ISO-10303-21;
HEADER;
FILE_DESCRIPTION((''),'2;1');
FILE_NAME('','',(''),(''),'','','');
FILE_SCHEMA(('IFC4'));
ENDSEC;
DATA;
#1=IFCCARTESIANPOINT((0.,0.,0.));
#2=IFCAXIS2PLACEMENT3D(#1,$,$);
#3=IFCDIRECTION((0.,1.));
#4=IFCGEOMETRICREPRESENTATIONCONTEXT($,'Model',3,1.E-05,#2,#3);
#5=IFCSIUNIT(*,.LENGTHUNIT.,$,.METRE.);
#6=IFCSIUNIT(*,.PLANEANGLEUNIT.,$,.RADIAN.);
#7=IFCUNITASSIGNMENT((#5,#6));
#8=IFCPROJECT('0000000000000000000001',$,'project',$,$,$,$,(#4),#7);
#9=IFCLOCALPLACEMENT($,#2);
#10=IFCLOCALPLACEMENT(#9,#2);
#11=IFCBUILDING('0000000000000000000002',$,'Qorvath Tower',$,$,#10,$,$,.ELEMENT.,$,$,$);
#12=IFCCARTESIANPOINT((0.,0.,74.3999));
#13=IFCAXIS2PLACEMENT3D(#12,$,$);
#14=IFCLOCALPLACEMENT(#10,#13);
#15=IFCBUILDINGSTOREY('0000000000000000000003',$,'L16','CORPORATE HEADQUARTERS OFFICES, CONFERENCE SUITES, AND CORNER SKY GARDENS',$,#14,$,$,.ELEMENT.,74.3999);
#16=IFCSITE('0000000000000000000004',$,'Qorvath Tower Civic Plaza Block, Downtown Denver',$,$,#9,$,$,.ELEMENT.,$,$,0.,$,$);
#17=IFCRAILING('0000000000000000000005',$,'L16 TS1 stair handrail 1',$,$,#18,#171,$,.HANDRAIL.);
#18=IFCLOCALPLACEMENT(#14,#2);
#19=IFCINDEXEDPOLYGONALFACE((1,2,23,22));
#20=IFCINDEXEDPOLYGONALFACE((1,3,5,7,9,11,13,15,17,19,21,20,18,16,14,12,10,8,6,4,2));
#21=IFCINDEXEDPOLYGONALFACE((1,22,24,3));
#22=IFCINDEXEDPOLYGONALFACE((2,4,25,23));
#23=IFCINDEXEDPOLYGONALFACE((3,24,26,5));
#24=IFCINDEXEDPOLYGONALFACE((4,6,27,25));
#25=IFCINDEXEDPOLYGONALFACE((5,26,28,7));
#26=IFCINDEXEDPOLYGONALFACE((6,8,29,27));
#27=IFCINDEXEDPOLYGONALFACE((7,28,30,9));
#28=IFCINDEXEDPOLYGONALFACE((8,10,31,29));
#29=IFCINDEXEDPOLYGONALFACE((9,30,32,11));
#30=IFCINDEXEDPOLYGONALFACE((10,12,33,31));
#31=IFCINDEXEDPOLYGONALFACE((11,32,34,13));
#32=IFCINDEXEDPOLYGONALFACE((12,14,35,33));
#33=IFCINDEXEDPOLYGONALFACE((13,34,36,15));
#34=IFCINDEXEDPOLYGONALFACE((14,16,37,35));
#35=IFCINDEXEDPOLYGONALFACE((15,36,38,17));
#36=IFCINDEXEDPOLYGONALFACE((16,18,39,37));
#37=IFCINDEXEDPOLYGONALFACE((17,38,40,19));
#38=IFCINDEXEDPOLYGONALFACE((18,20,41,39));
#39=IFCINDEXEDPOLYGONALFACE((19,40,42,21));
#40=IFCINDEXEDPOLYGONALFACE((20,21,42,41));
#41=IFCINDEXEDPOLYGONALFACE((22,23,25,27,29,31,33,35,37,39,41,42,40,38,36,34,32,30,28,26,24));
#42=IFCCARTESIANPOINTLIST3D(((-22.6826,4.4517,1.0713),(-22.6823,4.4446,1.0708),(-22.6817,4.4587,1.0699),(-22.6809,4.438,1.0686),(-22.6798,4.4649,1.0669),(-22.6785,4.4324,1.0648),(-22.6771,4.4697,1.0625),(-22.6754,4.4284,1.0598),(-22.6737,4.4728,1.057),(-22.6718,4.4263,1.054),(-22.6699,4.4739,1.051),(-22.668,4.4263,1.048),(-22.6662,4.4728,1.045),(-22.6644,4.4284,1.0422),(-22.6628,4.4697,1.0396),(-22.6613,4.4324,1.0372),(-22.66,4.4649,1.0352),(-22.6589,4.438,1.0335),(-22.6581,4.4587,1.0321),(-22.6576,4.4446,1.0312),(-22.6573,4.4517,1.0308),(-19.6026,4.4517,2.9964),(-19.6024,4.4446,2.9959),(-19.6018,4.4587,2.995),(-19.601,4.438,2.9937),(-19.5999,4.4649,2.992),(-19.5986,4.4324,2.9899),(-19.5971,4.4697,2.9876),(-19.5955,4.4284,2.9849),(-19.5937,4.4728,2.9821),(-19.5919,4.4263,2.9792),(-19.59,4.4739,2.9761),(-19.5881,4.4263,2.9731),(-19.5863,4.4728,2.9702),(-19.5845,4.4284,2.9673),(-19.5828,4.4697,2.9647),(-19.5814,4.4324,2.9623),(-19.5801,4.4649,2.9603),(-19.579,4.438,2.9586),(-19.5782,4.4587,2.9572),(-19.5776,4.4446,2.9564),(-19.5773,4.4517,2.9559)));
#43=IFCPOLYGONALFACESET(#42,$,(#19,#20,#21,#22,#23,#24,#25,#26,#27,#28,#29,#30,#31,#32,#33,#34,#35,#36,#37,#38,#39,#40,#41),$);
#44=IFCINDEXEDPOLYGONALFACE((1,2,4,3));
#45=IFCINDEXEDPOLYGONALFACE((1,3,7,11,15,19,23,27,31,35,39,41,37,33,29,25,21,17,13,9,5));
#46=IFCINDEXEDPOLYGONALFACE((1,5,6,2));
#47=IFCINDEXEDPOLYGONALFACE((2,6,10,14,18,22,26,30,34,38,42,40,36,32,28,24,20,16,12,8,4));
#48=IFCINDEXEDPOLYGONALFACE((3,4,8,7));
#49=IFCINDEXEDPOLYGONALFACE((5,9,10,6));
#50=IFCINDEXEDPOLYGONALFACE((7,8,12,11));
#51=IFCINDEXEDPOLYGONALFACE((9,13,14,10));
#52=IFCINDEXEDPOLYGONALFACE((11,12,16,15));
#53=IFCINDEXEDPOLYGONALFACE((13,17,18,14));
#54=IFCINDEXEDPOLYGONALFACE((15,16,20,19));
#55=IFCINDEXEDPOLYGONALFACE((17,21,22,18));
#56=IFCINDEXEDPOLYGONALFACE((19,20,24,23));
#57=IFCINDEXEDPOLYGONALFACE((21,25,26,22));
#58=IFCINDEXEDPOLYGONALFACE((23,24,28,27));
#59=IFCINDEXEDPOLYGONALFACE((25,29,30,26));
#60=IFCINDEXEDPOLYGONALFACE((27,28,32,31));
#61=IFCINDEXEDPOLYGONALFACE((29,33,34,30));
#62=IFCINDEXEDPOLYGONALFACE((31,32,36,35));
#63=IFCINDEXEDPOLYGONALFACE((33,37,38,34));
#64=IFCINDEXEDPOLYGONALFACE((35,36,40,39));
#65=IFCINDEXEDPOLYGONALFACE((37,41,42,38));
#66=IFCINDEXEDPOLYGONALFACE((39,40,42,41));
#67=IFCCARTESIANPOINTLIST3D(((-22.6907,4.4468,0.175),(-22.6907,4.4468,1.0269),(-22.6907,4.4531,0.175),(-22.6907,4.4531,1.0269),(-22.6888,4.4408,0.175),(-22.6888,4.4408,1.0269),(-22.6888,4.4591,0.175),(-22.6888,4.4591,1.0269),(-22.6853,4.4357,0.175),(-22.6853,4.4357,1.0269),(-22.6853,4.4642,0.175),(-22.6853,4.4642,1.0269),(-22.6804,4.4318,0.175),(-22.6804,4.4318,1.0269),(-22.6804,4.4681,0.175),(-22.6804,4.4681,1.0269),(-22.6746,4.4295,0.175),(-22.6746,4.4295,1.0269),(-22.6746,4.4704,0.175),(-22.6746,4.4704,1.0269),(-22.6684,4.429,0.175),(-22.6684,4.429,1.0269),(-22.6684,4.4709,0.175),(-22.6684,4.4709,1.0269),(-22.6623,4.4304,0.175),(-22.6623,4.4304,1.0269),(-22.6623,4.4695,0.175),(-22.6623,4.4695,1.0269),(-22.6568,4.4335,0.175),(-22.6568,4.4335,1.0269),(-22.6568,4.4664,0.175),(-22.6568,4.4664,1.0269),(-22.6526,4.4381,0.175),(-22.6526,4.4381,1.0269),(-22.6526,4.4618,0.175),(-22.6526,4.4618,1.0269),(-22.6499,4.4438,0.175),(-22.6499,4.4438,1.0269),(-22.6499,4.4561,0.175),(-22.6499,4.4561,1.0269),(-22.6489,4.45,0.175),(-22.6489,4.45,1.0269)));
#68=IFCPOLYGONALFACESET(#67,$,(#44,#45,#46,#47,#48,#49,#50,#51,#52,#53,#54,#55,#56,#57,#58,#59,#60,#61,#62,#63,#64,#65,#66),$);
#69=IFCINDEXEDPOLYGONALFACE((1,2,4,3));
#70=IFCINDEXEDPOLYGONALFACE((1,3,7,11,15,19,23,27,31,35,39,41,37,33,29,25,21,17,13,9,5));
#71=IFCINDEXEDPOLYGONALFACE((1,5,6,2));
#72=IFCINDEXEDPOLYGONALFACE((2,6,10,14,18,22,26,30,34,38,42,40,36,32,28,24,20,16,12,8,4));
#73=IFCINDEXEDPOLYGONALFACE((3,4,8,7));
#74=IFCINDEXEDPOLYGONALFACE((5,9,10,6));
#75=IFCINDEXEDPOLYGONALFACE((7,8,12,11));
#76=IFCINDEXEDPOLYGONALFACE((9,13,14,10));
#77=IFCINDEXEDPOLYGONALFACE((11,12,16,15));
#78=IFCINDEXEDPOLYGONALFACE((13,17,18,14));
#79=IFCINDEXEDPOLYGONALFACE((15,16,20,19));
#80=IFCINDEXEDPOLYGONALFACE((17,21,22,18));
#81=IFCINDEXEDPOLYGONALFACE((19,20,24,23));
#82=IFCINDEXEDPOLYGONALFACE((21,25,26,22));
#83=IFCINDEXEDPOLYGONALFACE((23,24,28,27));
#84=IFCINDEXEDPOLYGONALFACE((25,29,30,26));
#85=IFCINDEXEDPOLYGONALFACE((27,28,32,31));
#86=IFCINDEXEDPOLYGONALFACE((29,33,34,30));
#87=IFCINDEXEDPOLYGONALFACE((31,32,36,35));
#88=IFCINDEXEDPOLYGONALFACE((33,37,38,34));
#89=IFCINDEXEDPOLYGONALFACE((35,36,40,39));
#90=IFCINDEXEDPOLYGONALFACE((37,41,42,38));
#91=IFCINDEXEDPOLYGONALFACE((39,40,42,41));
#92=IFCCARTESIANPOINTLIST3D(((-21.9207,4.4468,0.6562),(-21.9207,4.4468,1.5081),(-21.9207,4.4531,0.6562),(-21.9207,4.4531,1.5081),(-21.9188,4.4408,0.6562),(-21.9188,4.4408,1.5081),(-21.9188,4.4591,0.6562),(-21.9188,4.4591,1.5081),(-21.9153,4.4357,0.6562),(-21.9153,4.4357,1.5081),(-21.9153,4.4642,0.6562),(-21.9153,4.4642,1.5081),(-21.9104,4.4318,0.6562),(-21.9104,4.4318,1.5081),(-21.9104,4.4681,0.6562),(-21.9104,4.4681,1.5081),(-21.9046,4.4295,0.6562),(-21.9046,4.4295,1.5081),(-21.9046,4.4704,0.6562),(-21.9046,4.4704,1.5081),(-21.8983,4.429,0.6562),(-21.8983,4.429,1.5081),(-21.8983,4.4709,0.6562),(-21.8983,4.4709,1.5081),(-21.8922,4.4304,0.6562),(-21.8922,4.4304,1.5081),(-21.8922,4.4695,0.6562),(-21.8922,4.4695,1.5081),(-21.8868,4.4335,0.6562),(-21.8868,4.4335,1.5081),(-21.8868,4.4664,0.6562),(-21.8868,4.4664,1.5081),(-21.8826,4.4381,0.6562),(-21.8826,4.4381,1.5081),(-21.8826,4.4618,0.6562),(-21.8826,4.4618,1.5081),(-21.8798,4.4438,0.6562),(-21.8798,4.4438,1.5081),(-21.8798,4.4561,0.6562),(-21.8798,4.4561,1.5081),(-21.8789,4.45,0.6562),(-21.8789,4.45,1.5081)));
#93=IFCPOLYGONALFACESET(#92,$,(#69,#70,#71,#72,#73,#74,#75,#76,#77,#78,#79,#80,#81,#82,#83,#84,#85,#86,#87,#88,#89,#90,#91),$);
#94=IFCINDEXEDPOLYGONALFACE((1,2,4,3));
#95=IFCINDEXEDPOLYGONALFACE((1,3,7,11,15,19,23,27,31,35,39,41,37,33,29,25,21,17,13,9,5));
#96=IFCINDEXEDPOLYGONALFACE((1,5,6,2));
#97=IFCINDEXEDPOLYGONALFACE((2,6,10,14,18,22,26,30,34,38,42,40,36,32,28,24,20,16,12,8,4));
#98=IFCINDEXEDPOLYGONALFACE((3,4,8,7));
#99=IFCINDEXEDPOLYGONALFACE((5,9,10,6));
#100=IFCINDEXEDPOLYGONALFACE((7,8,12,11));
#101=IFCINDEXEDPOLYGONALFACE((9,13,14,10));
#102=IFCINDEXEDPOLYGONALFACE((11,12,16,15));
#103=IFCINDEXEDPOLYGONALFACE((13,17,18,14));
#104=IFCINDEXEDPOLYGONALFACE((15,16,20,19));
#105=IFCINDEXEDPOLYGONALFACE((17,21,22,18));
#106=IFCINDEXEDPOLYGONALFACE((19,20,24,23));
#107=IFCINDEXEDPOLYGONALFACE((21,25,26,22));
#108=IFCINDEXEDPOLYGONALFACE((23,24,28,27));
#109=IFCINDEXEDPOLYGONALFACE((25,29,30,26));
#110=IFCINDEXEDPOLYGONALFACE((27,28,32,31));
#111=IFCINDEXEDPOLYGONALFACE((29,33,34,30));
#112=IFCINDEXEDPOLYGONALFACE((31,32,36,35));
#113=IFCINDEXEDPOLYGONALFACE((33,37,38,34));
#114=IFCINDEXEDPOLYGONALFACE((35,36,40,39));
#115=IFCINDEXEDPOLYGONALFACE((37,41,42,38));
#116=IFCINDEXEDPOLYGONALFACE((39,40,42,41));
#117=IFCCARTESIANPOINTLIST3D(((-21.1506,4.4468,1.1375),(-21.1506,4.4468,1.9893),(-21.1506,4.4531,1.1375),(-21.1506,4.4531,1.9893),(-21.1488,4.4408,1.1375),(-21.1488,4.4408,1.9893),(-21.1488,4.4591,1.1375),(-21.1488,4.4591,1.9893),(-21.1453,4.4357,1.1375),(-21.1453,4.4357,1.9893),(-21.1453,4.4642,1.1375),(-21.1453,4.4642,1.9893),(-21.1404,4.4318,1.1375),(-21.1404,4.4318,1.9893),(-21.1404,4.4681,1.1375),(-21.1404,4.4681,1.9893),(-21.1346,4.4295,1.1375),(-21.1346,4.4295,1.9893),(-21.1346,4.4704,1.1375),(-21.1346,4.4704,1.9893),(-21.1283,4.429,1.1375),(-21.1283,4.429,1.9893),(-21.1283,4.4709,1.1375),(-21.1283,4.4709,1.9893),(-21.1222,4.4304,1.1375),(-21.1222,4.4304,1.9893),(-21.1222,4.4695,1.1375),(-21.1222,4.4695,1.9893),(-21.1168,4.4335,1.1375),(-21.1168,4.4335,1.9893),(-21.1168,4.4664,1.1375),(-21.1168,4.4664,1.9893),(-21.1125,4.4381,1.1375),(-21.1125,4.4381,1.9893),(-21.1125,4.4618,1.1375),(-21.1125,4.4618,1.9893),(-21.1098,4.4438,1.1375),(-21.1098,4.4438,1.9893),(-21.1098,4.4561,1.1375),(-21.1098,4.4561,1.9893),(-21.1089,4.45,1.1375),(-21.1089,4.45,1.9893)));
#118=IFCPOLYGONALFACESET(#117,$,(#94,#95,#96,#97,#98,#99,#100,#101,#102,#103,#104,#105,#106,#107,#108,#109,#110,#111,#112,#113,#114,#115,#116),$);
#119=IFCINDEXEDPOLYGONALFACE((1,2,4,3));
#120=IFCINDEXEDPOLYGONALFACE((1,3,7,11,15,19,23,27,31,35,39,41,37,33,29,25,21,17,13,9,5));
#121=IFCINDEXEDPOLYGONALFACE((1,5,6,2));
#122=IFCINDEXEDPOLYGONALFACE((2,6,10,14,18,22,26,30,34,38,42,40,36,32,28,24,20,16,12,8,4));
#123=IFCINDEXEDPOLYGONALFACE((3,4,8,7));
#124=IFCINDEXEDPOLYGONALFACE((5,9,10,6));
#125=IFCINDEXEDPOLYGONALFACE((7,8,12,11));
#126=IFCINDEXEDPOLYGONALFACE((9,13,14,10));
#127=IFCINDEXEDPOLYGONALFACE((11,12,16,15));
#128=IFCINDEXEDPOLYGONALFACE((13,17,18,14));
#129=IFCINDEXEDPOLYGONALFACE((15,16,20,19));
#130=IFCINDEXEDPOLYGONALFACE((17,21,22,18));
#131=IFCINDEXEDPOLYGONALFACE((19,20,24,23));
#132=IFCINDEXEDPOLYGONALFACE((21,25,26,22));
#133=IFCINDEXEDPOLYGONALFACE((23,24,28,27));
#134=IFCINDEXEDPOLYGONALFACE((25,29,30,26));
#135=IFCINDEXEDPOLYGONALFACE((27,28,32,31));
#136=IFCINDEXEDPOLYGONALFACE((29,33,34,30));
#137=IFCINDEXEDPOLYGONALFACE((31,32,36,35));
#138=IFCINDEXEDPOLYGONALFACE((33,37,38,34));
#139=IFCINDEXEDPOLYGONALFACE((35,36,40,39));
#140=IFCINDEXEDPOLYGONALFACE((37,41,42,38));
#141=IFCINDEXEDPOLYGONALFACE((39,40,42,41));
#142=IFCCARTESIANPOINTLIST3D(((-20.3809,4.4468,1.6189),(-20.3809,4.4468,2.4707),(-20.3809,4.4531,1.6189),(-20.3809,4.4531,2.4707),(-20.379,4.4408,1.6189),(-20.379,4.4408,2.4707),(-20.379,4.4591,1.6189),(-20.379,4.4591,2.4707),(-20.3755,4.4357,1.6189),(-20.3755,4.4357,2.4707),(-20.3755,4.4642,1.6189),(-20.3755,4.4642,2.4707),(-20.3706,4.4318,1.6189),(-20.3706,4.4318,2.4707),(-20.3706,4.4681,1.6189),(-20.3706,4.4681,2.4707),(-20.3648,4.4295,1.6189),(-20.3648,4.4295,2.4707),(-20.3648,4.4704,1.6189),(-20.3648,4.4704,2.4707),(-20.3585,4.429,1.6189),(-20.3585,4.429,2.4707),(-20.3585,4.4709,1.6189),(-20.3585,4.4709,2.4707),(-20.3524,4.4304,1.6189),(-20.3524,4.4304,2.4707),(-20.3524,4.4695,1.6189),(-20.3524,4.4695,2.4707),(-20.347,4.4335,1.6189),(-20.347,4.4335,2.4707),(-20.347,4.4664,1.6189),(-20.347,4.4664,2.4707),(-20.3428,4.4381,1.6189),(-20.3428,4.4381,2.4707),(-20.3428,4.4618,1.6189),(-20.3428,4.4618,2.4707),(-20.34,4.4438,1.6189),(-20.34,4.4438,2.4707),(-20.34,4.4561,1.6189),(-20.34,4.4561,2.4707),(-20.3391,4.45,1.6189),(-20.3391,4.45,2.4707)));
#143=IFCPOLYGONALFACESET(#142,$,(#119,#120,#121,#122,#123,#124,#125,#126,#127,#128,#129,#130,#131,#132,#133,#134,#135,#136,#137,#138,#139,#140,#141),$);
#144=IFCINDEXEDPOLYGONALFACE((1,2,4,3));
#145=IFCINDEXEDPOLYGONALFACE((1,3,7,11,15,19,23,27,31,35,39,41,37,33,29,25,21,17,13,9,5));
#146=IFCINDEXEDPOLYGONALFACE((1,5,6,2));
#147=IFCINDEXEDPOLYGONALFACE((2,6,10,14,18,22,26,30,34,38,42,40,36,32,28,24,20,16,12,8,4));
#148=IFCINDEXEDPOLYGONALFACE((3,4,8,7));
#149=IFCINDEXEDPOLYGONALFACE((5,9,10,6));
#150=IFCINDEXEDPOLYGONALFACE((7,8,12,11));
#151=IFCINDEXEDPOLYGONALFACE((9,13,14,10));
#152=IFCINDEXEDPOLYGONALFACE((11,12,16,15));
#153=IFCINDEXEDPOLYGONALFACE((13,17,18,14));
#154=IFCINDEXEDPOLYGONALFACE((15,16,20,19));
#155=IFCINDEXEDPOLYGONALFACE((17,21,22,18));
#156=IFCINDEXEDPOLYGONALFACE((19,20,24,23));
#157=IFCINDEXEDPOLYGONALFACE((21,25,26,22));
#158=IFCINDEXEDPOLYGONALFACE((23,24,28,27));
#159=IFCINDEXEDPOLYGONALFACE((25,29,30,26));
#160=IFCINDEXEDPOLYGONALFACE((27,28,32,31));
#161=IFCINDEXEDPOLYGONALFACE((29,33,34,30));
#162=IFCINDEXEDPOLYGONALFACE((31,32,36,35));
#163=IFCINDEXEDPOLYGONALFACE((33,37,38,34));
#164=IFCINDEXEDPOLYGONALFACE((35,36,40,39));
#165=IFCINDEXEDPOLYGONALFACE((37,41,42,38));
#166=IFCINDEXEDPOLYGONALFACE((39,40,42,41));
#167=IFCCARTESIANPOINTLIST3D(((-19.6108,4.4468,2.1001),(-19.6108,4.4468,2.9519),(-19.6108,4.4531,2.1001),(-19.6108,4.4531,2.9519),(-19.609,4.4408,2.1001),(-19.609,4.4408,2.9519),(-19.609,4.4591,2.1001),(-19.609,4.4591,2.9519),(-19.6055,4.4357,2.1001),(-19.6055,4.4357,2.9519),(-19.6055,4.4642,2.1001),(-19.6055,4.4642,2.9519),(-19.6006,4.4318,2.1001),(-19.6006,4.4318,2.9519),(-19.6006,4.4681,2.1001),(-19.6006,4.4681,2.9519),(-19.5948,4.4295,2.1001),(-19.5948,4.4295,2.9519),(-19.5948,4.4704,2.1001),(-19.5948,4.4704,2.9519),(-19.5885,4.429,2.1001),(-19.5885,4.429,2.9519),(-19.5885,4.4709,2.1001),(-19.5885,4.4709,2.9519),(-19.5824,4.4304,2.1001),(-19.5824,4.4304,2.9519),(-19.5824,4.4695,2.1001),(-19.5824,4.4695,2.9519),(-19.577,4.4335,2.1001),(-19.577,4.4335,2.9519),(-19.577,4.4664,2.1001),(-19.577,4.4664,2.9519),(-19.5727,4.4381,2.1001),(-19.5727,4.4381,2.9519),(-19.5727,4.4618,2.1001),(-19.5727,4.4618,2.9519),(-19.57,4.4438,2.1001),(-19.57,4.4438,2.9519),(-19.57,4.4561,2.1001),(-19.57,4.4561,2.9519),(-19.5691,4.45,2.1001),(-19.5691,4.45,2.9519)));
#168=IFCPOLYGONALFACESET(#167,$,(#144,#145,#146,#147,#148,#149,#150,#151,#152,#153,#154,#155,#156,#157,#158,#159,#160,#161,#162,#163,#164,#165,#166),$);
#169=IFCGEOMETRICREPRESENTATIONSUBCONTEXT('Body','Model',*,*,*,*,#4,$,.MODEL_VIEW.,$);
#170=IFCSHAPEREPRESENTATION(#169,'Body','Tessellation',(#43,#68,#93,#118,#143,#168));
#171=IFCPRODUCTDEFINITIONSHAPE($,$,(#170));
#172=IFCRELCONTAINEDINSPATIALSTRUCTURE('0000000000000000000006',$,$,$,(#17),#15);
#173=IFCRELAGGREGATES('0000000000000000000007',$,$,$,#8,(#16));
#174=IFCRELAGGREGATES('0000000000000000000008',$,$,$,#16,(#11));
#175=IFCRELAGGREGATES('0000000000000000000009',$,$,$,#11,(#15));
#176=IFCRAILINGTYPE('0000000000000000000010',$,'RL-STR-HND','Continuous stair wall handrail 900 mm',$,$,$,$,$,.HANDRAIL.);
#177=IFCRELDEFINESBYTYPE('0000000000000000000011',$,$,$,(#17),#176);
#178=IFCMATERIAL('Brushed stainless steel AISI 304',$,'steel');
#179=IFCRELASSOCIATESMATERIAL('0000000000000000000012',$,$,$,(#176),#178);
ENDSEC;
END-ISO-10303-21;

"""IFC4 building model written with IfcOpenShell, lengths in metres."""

from ifc_helpers import new_model, si_unit, direction, frame, origin, origin_2d, place, context, subcontext, project, spatial, circle, extrude, material, type_object, element, save


model = new_model("IFC4")

# Units and contexts
model_context = context("Model", 3, precision=1e-05, world=origin(), true_north=direction((0.0, 1.0)))
body_context = subcontext(model_context, "Body", "Model", "MODEL_VIEW")
ifc_project = project(units=[si_unit("LENGTHUNIT", "METRE"), si_unit("PLANEANGLEUNIT", "RADIAN")], contexts=[model_context])

# Site, building, storey
site_placement = place(None, origin())
site = spatial("IfcSite", under=ifc_project, at=site_placement, Name="Qorvath Tower Civic Plaza Block, Downtown Denver", CompositionType="ELEMENT", RefElevation=0.0)
building_placement = place(site_placement, origin())
building = spatial("IfcBuilding", under=site, at=building_placement, Name="Qorvath Tower", CompositionType="ELEMENT")
storey_placement = place(building_placement, frame((0.0, 0.0, 74.3999)))
storey = spatial("IfcBuildingStorey", under=building, at=storey_placement, Name="L16", Description="CORPORATE HEADQUARTERS OFFICES, CONFERENCE SUITES, AND CORNER SKY GARDENS", CompositionType="ELEMENT", Elevation=74.3999)

# Railing
ifc_material_1 = material(Name="Brushed stainless steel AISI 304", Category="steel")
railing_type_1 = type_object("IfcRailingType", Name="RL-STR-HND", Description="Continuous stair wall handrail 900 mm", PredefinedType="HANDRAIL", material=ifc_material_1)
railing_1_placement = place(storey_placement, frame((-22.6699, 4.45, 0.175)))
element("IfcRailing", 1, at=railing_1_placement, inside=storey, type_object=railing_type_1, Name="L16 TS1 stair handrail 1", PredefinedType="HANDRAIL", context=body_context, shape_type="SweptSolid", body=[
    extrude(circle(Radius=0.0239, at=origin_2d()), frame((0.0, 0.0, 0.876), z_axis=(0.847979, 0.0, 0.530029), x_axis=(0.0, 1.0, 0.0)), (0.0, 0.0, 1.0), 3.6321),
    extrude(circle(Radius=0.021, at=origin_2d()), origin(), (0.0, 0.0, 1.0), 0.8518),
    extrude(circle(Radius=0.021, at=origin_2d()), frame((0.77, 0.0, 0.4812)), (0.0, 0.0, 1.0), 0.8518),
    extrude(circle(Radius=0.021, at=origin_2d()), frame((1.54, 0.0, 0.9624)), (0.0, 0.0, 1.0), 0.8518),
    extrude(circle(Radius=0.021, at=origin_2d()), frame((2.3098, 0.0, 1.4438)), (0.0, 0.0, 1.0), 0.8518),
    extrude(circle(Radius=0.021, at=origin_2d()), frame((3.0798, 0.0, 1.925)), (0.0, 0.0, 1.0), 0.8518),
])

save(model, "model.ifc")
